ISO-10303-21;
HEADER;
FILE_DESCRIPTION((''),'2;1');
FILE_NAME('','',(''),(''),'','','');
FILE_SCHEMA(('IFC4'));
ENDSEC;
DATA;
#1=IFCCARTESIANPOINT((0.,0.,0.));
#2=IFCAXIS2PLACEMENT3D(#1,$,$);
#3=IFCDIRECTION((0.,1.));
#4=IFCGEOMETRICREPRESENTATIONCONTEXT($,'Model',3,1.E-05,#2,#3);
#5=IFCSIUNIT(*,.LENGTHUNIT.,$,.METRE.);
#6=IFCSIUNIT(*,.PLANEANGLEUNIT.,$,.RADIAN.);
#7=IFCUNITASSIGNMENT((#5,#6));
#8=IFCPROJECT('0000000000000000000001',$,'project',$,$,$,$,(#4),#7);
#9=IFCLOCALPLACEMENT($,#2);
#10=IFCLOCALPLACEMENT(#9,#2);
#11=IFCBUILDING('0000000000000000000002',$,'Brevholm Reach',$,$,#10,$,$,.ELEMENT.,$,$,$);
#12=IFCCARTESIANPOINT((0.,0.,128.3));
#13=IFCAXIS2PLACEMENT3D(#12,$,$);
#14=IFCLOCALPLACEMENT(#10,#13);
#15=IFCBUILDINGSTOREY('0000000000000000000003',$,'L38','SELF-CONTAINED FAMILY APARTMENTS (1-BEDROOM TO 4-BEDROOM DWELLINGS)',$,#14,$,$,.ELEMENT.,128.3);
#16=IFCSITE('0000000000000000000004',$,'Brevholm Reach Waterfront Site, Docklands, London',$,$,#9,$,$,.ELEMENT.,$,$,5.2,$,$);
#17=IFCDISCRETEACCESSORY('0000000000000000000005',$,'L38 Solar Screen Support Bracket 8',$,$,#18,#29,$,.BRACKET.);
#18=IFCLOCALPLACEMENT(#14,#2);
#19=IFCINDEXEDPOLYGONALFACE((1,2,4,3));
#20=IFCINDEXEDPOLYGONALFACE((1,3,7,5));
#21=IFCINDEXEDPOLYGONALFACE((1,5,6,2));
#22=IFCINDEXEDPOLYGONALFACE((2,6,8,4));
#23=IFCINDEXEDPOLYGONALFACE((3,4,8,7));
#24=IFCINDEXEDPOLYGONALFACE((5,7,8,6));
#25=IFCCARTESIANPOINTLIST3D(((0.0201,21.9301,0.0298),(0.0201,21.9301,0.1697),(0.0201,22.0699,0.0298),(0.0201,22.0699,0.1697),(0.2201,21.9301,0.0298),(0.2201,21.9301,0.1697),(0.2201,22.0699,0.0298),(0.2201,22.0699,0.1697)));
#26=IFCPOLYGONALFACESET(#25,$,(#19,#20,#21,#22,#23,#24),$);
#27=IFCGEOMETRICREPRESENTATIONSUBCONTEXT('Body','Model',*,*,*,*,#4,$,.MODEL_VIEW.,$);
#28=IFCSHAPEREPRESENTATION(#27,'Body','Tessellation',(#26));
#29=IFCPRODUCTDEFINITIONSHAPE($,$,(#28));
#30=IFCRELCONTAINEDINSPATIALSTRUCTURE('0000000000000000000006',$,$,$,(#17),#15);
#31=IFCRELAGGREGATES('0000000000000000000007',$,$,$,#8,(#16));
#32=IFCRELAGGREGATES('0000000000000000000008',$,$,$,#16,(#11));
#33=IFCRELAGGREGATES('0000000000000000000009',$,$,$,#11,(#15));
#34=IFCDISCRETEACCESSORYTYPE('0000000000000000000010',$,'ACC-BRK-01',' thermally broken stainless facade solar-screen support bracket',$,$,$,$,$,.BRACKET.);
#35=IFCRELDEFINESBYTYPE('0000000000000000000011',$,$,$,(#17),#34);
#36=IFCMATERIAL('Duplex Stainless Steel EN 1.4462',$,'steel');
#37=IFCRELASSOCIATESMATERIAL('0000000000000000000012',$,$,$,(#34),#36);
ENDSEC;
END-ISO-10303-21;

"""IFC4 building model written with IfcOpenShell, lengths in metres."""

from ifc_helpers import new_model, si_unit, direction, frame, origin, origin_2d, place, context, subcontext, project, spatial, rectangle, extrude, material, type_object, element, save


model = new_model("IFC4")

# Units and contexts
model_context = context("Model", 3, precision=1e-05, world=origin(), true_north=direction((0.0, 1.0)))
body_context = subcontext(model_context, "Body", "Model", "MODEL_VIEW")
ifc_project = project(units=[si_unit("LENGTHUNIT", "METRE"), si_unit("PLANEANGLEUNIT", "RADIAN")], contexts=[model_context])

# Site, building, storey
site_placement = place(None, origin())
site = spatial("IfcSite", under=ifc_project, at=site_placement, Name="Brevholm Reach Waterfront Site, Docklands, London", CompositionType="ELEMENT", RefElevation=5.2)
building_placement = place(site_placement, origin())
building = spatial("IfcBuilding", under=site, at=building_placement, Name="Brevholm Reach", CompositionType="ELEMENT")
storey_placement = place(building_placement, frame((0.0, 0.0, 128.3)))
storey = spatial("IfcBuildingStorey", under=building, at=storey_placement, Name="L38", Description="SELF-CONTAINED FAMILY APARTMENTS (1-BEDROOM TO 4-BEDROOM DWELLINGS)", CompositionType="ELEMENT", Elevation=128.3)

# Discrete accessory
ifc_material_1 = material(Name="Duplex Stainless Steel EN 1.4462", Category="steel")
discrete_accessory_type = type_object("IfcDiscreteAccessoryType", Name="ACC-BRK-01", Description=" thermally broken stainless facade solar-screen support bracket", PredefinedType="BRACKET", material=ifc_material_1)
discrete_accessory_placement = place(storey_placement, frame((0.1201, 22.0, 0.0298), z_axis=(0.0, 0.0, 1.0), x_axis=(-1.0, 0.0, 0.0)))
element("IfcDiscreteAccessory", 1, at=discrete_accessory_placement, inside=storey, type_object=discrete_accessory_type, Name="L38 Solar Screen Support Bracket 8", PredefinedType="BRACKET", context=body_context, shape_type="SweptSolid", body=[
    extrude(rectangle(XDim=0.2, YDim=0.1399, at=origin_2d()), origin(), (0.0, 0.0, 1.0), 0.1399),
])

save(model, "model.ifc")
